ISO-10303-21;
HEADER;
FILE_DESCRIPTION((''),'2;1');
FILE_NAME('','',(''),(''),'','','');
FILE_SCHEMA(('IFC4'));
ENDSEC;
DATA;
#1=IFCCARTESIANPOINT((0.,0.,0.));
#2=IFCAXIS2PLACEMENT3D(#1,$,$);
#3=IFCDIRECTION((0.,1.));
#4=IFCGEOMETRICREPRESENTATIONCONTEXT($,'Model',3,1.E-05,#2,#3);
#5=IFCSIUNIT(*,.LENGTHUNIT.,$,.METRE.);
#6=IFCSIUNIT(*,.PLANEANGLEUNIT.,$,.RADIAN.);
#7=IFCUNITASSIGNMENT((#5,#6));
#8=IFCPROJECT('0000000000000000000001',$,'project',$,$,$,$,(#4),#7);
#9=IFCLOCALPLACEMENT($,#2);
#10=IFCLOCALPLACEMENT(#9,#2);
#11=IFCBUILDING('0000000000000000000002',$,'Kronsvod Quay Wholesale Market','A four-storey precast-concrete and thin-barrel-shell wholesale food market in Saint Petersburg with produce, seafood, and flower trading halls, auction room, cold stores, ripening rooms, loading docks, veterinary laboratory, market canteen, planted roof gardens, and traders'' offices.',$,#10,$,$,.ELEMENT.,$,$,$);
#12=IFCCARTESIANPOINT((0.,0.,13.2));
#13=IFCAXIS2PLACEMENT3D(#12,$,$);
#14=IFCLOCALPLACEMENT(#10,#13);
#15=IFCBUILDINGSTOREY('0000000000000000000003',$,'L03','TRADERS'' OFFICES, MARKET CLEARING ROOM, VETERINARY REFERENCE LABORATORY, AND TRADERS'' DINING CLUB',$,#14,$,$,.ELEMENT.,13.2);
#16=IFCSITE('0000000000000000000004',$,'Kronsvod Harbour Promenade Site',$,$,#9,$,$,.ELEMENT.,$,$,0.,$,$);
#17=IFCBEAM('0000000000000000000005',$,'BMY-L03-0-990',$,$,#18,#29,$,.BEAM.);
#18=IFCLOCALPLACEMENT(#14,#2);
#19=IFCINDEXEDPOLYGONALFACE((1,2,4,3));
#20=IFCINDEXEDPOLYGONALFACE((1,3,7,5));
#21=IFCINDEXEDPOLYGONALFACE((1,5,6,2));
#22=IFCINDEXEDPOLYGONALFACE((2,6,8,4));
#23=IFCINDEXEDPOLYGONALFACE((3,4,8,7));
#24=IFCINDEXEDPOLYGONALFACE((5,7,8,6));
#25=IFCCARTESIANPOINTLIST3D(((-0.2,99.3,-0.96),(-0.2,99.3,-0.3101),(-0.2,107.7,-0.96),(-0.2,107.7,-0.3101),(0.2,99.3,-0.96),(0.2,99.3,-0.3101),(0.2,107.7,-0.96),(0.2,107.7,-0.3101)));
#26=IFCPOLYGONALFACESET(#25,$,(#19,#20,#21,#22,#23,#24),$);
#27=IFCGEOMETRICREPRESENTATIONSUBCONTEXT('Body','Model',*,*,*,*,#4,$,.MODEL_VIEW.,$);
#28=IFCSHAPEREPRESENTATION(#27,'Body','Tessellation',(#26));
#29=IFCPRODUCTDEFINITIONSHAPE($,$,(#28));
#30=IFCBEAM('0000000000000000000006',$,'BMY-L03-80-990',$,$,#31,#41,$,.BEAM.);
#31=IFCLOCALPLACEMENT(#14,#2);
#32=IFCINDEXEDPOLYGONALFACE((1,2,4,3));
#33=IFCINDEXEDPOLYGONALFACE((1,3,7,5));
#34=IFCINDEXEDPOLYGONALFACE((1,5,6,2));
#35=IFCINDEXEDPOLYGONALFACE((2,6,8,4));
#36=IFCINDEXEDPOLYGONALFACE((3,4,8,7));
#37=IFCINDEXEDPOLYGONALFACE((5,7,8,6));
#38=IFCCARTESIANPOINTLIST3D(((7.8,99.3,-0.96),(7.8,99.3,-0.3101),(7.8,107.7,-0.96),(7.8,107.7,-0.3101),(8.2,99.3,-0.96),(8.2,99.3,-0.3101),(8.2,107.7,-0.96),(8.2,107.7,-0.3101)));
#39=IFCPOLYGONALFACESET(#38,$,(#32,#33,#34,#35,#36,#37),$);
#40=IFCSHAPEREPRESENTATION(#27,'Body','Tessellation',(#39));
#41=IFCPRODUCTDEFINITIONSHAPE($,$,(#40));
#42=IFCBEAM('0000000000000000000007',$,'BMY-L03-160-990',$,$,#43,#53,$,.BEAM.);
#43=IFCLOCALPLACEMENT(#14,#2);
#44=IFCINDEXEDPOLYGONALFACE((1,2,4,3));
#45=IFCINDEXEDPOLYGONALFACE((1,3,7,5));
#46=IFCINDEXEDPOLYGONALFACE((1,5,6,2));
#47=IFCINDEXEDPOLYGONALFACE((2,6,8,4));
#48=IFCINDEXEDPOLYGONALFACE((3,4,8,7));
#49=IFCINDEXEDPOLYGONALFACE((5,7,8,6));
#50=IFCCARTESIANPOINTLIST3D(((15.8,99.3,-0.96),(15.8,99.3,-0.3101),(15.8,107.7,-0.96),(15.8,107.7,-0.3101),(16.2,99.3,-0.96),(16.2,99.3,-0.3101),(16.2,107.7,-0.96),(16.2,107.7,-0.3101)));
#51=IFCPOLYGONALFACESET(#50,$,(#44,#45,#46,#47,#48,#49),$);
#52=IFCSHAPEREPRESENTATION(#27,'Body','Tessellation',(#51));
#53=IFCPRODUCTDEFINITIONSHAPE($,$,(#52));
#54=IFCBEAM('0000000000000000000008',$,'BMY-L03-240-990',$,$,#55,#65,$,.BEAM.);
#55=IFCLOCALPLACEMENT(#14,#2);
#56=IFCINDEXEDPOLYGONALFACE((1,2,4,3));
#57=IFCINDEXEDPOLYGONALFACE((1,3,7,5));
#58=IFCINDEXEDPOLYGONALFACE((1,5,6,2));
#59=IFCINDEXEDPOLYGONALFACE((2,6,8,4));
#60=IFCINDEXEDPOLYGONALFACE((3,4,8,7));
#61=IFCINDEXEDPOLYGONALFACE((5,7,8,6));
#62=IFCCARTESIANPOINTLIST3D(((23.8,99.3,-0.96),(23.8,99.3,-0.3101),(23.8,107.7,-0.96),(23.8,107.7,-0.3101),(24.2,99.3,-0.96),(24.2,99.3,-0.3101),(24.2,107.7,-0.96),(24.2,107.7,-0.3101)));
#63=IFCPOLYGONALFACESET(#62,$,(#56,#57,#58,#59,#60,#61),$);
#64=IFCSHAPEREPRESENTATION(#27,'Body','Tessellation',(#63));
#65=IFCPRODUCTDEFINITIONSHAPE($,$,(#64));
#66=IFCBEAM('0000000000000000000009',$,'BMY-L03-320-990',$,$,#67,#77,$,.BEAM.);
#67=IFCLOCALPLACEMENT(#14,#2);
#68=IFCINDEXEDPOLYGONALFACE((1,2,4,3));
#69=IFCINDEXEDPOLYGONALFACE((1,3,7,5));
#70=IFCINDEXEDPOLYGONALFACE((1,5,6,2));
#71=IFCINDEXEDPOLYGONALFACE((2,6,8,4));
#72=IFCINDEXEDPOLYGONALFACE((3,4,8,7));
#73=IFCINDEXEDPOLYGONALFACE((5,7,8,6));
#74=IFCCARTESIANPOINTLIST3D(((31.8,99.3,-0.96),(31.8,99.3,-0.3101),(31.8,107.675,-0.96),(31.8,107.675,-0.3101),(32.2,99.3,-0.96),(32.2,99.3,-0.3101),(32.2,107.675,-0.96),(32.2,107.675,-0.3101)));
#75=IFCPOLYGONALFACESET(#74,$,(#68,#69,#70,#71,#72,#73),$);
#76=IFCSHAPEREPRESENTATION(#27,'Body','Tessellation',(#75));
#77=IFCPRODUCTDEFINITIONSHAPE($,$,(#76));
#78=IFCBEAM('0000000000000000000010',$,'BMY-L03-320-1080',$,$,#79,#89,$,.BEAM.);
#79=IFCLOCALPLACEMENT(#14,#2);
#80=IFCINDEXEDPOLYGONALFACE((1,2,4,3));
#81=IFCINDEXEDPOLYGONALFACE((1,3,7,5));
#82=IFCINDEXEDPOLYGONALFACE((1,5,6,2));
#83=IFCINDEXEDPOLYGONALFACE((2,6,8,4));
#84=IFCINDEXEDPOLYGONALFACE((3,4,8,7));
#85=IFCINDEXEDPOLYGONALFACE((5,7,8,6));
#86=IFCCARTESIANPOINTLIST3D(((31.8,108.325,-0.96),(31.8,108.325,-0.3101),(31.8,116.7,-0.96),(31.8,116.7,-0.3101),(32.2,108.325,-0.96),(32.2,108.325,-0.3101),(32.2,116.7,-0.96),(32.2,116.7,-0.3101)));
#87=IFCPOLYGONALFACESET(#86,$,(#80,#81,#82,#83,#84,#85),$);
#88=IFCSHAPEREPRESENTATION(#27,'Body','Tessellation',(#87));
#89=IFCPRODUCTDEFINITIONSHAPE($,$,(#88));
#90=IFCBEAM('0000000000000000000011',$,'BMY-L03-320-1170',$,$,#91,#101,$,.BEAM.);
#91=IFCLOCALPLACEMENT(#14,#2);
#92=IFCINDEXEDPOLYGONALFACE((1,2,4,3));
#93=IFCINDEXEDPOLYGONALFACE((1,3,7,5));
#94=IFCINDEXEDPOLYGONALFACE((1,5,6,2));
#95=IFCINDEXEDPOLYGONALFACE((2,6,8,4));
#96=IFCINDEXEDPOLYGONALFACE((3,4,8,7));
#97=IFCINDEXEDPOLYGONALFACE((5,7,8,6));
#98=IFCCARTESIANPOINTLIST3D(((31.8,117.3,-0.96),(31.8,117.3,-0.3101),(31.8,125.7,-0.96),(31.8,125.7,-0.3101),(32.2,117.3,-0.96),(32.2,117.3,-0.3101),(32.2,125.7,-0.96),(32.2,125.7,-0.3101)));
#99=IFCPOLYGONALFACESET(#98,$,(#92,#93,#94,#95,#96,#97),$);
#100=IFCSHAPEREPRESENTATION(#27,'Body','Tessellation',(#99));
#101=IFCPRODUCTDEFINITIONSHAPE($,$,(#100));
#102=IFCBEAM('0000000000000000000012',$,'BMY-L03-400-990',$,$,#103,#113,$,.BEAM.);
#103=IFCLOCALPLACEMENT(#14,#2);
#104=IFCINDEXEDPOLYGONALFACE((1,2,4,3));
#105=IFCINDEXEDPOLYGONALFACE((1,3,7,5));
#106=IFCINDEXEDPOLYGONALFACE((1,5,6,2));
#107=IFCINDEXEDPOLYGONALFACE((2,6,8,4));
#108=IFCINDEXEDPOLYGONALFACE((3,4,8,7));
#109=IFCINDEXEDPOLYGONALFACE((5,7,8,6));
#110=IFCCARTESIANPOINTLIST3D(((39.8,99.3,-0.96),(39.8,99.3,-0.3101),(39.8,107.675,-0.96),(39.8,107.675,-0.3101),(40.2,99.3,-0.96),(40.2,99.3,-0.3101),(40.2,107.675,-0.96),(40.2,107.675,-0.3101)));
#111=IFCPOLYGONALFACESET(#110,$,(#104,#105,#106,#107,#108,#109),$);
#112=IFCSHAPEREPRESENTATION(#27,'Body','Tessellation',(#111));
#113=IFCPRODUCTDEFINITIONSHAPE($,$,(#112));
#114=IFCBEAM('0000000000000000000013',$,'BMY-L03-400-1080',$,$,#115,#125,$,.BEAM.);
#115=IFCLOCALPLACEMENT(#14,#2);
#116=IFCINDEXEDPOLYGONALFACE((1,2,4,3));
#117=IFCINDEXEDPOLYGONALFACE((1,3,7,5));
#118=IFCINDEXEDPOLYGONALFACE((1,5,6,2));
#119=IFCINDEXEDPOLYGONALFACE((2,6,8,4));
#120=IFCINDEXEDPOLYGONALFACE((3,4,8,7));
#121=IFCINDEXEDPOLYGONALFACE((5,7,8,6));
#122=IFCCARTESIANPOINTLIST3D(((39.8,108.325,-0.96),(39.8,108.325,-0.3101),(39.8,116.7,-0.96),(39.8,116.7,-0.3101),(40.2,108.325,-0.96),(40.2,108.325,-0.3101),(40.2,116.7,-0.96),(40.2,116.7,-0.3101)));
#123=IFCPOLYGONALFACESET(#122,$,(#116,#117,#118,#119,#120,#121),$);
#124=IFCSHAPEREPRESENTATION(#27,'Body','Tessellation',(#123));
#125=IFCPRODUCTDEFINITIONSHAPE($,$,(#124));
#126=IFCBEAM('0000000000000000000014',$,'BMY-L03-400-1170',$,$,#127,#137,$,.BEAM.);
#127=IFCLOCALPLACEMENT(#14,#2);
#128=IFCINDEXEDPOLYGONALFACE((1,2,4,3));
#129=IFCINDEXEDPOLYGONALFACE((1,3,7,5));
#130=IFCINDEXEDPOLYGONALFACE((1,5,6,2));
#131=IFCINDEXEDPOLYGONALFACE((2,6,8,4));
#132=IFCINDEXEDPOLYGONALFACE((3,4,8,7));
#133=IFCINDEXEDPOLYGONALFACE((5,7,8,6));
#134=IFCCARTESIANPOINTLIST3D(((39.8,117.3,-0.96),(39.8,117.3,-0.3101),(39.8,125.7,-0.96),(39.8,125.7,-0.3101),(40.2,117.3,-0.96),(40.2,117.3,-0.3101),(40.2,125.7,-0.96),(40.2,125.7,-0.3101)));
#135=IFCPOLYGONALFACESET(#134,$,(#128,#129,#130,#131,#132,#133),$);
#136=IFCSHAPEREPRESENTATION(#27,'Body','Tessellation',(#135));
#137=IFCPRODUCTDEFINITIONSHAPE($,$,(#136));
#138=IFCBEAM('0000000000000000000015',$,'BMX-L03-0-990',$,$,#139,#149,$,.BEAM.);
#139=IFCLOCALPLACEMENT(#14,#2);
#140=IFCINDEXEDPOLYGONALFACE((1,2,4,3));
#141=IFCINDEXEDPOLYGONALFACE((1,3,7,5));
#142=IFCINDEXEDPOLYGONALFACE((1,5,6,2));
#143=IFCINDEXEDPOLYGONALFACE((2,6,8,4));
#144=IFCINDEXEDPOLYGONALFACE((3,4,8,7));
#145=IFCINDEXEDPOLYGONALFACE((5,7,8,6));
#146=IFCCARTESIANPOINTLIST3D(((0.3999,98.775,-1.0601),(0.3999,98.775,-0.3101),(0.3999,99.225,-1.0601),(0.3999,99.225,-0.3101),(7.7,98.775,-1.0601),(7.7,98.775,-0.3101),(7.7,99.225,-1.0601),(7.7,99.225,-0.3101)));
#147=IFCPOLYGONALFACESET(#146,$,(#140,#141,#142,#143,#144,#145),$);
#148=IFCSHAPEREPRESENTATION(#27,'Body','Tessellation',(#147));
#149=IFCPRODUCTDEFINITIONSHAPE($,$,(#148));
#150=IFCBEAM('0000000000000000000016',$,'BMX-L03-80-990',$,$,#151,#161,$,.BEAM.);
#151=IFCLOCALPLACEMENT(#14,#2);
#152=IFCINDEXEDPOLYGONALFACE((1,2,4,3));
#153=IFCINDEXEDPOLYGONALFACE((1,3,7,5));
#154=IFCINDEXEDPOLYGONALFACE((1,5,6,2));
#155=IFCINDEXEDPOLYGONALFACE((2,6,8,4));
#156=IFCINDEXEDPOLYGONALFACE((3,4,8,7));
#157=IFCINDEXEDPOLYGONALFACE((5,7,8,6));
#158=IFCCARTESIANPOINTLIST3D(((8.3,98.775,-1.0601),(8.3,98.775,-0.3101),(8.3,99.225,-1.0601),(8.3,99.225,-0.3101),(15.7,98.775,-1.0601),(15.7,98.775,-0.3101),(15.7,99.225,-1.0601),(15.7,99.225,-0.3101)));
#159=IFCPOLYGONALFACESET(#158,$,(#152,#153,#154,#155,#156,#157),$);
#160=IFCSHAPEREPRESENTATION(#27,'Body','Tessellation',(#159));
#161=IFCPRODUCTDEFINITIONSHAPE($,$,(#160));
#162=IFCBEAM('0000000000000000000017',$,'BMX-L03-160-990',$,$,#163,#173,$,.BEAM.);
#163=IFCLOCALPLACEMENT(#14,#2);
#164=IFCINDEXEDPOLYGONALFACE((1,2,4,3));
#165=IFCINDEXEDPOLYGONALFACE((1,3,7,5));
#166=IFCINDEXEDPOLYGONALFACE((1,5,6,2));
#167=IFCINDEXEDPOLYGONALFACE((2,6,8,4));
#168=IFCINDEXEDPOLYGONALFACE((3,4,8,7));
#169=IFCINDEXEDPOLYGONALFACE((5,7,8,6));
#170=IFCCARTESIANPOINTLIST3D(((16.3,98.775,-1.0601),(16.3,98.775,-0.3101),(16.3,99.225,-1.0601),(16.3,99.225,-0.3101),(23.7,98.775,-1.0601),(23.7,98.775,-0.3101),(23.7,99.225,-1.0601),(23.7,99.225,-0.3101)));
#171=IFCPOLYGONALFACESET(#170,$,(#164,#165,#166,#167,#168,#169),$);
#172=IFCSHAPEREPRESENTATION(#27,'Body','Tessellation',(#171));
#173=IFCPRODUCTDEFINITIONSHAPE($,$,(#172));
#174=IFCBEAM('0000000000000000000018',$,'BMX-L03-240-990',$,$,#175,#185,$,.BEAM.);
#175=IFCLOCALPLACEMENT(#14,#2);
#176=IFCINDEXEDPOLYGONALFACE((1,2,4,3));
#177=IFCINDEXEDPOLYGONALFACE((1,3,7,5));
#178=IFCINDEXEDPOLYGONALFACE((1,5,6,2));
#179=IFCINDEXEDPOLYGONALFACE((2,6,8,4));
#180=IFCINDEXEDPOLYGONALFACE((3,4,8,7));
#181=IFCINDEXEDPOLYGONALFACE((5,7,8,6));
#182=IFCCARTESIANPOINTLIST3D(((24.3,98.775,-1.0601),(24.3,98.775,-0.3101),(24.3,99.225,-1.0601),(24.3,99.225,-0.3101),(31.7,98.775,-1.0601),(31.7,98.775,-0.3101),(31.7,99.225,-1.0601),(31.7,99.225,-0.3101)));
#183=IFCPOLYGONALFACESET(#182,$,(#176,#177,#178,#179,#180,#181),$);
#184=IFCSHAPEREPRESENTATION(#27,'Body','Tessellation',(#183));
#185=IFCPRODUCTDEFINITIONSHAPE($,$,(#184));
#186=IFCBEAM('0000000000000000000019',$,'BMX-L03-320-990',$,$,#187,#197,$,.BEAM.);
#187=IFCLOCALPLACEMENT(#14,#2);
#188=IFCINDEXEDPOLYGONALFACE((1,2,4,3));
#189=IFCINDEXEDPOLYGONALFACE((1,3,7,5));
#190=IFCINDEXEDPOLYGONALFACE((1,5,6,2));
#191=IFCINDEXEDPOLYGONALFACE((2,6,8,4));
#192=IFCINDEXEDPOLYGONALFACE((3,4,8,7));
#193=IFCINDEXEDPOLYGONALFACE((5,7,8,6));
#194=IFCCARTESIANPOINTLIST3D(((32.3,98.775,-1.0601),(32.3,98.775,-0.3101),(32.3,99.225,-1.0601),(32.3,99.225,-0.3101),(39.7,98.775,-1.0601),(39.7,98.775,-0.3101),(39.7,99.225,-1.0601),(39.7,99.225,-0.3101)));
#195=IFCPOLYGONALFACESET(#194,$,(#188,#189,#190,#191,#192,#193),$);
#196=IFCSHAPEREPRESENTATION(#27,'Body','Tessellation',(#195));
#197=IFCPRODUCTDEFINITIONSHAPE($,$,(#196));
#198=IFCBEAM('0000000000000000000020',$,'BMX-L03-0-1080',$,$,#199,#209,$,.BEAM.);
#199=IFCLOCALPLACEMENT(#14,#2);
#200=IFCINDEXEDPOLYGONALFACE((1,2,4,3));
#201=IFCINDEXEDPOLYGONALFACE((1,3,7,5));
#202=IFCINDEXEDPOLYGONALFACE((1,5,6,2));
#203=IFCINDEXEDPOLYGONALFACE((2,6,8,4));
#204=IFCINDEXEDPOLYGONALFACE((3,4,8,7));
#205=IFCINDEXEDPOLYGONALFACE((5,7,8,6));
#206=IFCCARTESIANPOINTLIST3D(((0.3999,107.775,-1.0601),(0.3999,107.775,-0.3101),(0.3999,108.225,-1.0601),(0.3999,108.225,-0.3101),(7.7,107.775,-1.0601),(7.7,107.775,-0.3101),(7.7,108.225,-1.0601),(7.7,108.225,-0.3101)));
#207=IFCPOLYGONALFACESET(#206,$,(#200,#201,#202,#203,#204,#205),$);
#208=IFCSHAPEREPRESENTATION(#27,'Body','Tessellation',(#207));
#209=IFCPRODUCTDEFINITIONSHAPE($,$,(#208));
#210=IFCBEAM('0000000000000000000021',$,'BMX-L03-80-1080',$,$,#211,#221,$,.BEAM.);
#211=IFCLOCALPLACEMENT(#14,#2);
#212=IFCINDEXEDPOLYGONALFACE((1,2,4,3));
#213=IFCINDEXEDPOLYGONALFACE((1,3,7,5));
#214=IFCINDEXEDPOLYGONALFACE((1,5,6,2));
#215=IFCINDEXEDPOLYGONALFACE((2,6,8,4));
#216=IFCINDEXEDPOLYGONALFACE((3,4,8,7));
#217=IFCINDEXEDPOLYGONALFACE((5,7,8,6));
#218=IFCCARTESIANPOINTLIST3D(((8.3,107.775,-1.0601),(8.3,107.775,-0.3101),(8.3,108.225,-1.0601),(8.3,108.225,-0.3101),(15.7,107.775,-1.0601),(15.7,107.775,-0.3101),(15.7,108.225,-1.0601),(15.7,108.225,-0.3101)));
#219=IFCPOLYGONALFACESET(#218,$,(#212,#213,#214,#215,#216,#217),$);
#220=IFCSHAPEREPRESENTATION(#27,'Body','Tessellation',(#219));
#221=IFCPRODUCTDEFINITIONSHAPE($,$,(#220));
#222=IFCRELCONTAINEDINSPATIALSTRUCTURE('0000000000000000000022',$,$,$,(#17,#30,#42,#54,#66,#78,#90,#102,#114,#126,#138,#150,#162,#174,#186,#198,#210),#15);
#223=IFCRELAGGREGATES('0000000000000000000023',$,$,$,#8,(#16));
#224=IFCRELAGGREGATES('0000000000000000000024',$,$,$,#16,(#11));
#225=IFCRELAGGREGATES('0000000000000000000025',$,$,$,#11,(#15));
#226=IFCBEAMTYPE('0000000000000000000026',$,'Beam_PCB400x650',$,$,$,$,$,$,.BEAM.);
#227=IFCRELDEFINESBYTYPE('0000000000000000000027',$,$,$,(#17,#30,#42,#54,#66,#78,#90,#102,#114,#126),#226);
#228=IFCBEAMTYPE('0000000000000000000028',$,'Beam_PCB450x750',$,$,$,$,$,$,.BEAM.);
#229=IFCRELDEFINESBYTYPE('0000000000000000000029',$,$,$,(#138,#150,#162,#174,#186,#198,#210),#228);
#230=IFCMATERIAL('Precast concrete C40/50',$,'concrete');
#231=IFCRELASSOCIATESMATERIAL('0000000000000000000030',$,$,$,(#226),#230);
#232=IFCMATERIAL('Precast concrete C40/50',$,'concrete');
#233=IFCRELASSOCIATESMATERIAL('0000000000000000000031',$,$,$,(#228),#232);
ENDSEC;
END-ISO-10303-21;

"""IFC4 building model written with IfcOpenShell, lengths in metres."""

from ifc_helpers import new_model, si_unit, direction, frame, origin, origin_2d, place, context, subcontext, project, spatial, rectangle, extrude, material, material_profile, profile_set, type_object, element, save


model = new_model("IFC4")

# Units and contexts
model_context = context("Model", 3, precision=1e-05, world=origin(), true_north=direction((0.0, 1.0)))
body_context = subcontext(model_context, "Body", "Model", "MODEL_VIEW")
ifc_project = project(units=[si_unit("LENGTHUNIT", "METRE"), si_unit("PLANEANGLEUNIT", "RADIAN")], contexts=[model_context])

# Site, building, storey
site_placement = place(None, origin())
site = spatial("IfcSite", under=ifc_project, at=site_placement, Name="Kronsvod Harbour Promenade Site", CompositionType="ELEMENT", RefElevation=0.0)
building_placement = place(site_placement, origin())
building = spatial("IfcBuilding", under=site, at=building_placement, Name="Kronsvod Quay Wholesale Market", Description="A four-storey precast-concrete and thin-barrel-shell wholesale food market in Saint Petersburg with produce, seafood, and flower trading halls, auction room, cold stores, ripening rooms, loading docks, veterinary laboratory, market canteen, planted roof gardens, and traders' offices.", CompositionType="ELEMENT")
storey_placement = place(building_placement, frame((0.0, 0.0, 13.2)))
storey = spatial("IfcBuildingStorey", under=building, at=storey_placement, Name="L03", Description="TRADERS' OFFICES, MARKET CLEARING ROOM, VETERINARY REFERENCE LABORATORY, AND TRADERS' DINING CLUB", CompositionType="ELEMENT", Elevation=13.2)

# Beams
ifc_material_1 = material(Name="Precast concrete C40/50", Category="concrete")
ifc_material_profile_1 = material_profile(ifc_material_1, rectangle(XDim=0.3999, YDim=0.6499, at=origin_2d()), Name="PCB400x650")
ifc_profile_set_1 = profile_set([ifc_material_profile_1], Name="Precast concrete C40/50")
beam_type_1 = type_object("IfcBeamType", Name="Beam_PCB400x650", PredefinedType="BEAM", material=ifc_profile_set_1)
for number, where, z_axis, x_axis, name in (
    (1, (0.0, 99.3, -0.635), (0.0, 1.0, 0.0), (-1.0, 0.0, 0.0), "BMY-L03-0-990"),
    (2, (8.0, 99.3, -0.635), (0.0, 1.0, 0.0), (-1.0, 0.0, 0.0), "BMY-L03-80-990"),
    (3, (16.0, 99.3, -0.635), (0.0, 1.0, 0.0), (-1.0, 0.0, 0.0), "BMY-L03-160-990"),
    (4, (24.0, 99.3, -0.635), (0.0, 1.0, 0.0), (-1.0, 0.0, 0.0), "BMY-L03-240-990"),
):
    element("IfcBeam", number, at=place(storey_placement, frame(where, z_axis=z_axis, x_axis=x_axis)), inside=storey, type_object=beam_type_1, Name=name, PredefinedType="BEAM", context=body_context, shape_type="SweptSolid", body=[
        extrude(rectangle(XDim=0.3999, YDim=0.6499, at=origin_2d()), origin(), (0.0, 0.0, 1.0), 8.3999),
    ])
for number, where, z_axis, x_axis, name in (
    (5, (32.0, 99.3, -0.635), (0.0, 1.0, 0.0), (-1.0, 0.0, 0.0), "BMY-L03-320-990"),
    (6, (32.0, 108.325, -0.635), (0.0, 1.0, 0.0), (-1.0, 0.0, 0.0), "BMY-L03-320-1080"),
):
    element("IfcBeam", number, at=place(storey_placement, frame(where, z_axis=z_axis, x_axis=x_axis)), inside=storey, type_object=beam_type_1, Name=name, PredefinedType="BEAM", context=body_context, shape_type="SweptSolid", body=[
        extrude(rectangle(XDim=0.3999, YDim=0.6499, at=origin_2d()), origin(), (0.0, 0.0, 1.0), 8.375),
    ])
beam_1_placement = place(storey_placement, frame((32.0, 117.3, -0.635), z_axis=(0.0, 1.0, 0.0), x_axis=(-1.0, 0.0, 0.0)))
element("IfcBeam", 7, at=beam_1_placement, inside=storey, type_object=beam_type_1, Name="BMY-L03-320-1170", PredefinedType="BEAM", context=body_context, shape_type="SweptSolid", body=[
    extrude(rectangle(XDim=0.3999, YDim=0.6499, at=origin_2d()), origin(), (0.0, 0.0, 1.0), 8.3999),
])
for number, where, z_axis, x_axis, name in (
    (8, (40.0, 99.3, -0.635), (0.0, 1.0, 0.0), (-1.0, 0.0, 0.0), "BMY-L03-400-990"),
    (9, (40.0, 108.325, -0.635), (0.0, 1.0, 0.0), (-1.0, 0.0, 0.0), "BMY-L03-400-1080"),
):
    element("IfcBeam", number, at=place(storey_placement, frame(where, z_axis=z_axis, x_axis=x_axis)), inside=storey, type_object=beam_type_1, Name=name, PredefinedType="BEAM", context=body_context, shape_type="SweptSolid", body=[
        extrude(rectangle(XDim=0.3999, YDim=0.6499, at=origin_2d()), origin(), (0.0, 0.0, 1.0), 8.375),
    ])
beam_2_placement = place(storey_placement, frame((40.0, 117.3, -0.635), z_axis=(0.0, 1.0, 0.0), x_axis=(-1.0, 0.0, 0.0)))
element("IfcBeam", 10, at=beam_2_placement, inside=storey, type_object=beam_type_1, Name="BMY-L03-400-1170", PredefinedType="BEAM", context=body_context, shape_type="SweptSolid", body=[
    extrude(rectangle(XDim=0.3999, YDim=0.6499, at=origin_2d()), origin(), (0.0, 0.0, 1.0), 8.3999),
])
ifc_material_2 = material(Name="Precast concrete C40/50", Category="concrete")
ifc_material_profile_2 = material_profile(ifc_material_2, rectangle(XDim=0.45, YDim=0.75, at=origin_2d()), Name="PCB450x750")
ifc_profile_set_2 = profile_set([ifc_material_profile_2], Name="Precast concrete C40/50")
beam_type_2 = type_object("IfcBeamType", Name="Beam_PCB450x750", PredefinedType="BEAM", material=ifc_profile_set_2)
beam_3_placement = place(storey_placement, frame((0.3999, 99.0, -0.6851), z_axis=(1.0, 0.0, 0.0), x_axis=(0.0, 1.0, 0.0)))
element("IfcBeam", 11, at=beam_3_placement, inside=storey, type_object=beam_type_2, Name="BMX-L03-0-990", PredefinedType="BEAM", context=body_context, shape_type="SweptSolid", body=[
    extrude(rectangle(XDim=0.45, YDim=0.75, at=origin_2d()), origin(), (0.0, 0.0, 1.0), 7.3),
])
for number, where, z_axis, x_axis, name in (
    (12, (8.3, 99.0, -0.6851), (1.0, 0.0, 0.0), (0.0, 1.0, 0.0), "BMX-L03-80-990"),
    (13, (16.3, 99.0, -0.6851), (1.0, 0.0, 0.0), (0.0, 1.0, 0.0), "BMX-L03-160-990"),
    (14, (24.3, 99.0, -0.6851), (1.0, 0.0, 0.0), (0.0, 1.0, 0.0), "BMX-L03-240-990"),
    (15, (32.3, 99.0, -0.6851), (1.0, 0.0, 0.0), (0.0, 1.0, 0.0), "BMX-L03-320-990"),
):
    element("IfcBeam", number, at=place(storey_placement, frame(where, z_axis=z_axis, x_axis=x_axis)), inside=storey, type_object=beam_type_2, Name=name, PredefinedType="BEAM", context=body_context, shape_type="SweptSolid", body=[
        extrude(rectangle(XDim=0.45, YDim=0.75, at=origin_2d()), origin(), (0.0, 0.0, 1.0), 7.3999),
    ])
beam_4_placement = place(storey_placement, frame((0.3999, 108.0, -0.6851), z_axis=(1.0, 0.0, 0.0), x_axis=(0.0, 1.0, 0.0)))
element("IfcBeam", 16, at=beam_4_placement, inside=storey, type_object=beam_type_2, Name="BMX-L03-0-1080", PredefinedType="BEAM", context=body_context, shape_type="SweptSolid", body=[
    extrude(rectangle(XDim=0.45, YDim=0.75, at=origin_2d()), origin(), (0.0, 0.0, 1.0), 7.3),
])
for number, where, z_axis, x_axis, name in (
    (17, (8.3, 108.0, -0.6851), (1.0, 0.0, 0.0), (0.0, 1.0, 0.0), "BMX-L03-80-1080"),
):
    element("IfcBeam", number, at=place(storey_placement, frame(where, z_axis=z_axis, x_axis=x_axis)), inside=storey, type_object=beam_type_2, Name=name, PredefinedType="BEAM", context=body_context, shape_type="SweptSolid", body=[
        extrude(rectangle(XDim=0.45, YDim=0.75, at=origin_2d()), origin(), (0.0, 0.0, 1.0), 7.3999),
    ])

save(model, "model.ifc")
